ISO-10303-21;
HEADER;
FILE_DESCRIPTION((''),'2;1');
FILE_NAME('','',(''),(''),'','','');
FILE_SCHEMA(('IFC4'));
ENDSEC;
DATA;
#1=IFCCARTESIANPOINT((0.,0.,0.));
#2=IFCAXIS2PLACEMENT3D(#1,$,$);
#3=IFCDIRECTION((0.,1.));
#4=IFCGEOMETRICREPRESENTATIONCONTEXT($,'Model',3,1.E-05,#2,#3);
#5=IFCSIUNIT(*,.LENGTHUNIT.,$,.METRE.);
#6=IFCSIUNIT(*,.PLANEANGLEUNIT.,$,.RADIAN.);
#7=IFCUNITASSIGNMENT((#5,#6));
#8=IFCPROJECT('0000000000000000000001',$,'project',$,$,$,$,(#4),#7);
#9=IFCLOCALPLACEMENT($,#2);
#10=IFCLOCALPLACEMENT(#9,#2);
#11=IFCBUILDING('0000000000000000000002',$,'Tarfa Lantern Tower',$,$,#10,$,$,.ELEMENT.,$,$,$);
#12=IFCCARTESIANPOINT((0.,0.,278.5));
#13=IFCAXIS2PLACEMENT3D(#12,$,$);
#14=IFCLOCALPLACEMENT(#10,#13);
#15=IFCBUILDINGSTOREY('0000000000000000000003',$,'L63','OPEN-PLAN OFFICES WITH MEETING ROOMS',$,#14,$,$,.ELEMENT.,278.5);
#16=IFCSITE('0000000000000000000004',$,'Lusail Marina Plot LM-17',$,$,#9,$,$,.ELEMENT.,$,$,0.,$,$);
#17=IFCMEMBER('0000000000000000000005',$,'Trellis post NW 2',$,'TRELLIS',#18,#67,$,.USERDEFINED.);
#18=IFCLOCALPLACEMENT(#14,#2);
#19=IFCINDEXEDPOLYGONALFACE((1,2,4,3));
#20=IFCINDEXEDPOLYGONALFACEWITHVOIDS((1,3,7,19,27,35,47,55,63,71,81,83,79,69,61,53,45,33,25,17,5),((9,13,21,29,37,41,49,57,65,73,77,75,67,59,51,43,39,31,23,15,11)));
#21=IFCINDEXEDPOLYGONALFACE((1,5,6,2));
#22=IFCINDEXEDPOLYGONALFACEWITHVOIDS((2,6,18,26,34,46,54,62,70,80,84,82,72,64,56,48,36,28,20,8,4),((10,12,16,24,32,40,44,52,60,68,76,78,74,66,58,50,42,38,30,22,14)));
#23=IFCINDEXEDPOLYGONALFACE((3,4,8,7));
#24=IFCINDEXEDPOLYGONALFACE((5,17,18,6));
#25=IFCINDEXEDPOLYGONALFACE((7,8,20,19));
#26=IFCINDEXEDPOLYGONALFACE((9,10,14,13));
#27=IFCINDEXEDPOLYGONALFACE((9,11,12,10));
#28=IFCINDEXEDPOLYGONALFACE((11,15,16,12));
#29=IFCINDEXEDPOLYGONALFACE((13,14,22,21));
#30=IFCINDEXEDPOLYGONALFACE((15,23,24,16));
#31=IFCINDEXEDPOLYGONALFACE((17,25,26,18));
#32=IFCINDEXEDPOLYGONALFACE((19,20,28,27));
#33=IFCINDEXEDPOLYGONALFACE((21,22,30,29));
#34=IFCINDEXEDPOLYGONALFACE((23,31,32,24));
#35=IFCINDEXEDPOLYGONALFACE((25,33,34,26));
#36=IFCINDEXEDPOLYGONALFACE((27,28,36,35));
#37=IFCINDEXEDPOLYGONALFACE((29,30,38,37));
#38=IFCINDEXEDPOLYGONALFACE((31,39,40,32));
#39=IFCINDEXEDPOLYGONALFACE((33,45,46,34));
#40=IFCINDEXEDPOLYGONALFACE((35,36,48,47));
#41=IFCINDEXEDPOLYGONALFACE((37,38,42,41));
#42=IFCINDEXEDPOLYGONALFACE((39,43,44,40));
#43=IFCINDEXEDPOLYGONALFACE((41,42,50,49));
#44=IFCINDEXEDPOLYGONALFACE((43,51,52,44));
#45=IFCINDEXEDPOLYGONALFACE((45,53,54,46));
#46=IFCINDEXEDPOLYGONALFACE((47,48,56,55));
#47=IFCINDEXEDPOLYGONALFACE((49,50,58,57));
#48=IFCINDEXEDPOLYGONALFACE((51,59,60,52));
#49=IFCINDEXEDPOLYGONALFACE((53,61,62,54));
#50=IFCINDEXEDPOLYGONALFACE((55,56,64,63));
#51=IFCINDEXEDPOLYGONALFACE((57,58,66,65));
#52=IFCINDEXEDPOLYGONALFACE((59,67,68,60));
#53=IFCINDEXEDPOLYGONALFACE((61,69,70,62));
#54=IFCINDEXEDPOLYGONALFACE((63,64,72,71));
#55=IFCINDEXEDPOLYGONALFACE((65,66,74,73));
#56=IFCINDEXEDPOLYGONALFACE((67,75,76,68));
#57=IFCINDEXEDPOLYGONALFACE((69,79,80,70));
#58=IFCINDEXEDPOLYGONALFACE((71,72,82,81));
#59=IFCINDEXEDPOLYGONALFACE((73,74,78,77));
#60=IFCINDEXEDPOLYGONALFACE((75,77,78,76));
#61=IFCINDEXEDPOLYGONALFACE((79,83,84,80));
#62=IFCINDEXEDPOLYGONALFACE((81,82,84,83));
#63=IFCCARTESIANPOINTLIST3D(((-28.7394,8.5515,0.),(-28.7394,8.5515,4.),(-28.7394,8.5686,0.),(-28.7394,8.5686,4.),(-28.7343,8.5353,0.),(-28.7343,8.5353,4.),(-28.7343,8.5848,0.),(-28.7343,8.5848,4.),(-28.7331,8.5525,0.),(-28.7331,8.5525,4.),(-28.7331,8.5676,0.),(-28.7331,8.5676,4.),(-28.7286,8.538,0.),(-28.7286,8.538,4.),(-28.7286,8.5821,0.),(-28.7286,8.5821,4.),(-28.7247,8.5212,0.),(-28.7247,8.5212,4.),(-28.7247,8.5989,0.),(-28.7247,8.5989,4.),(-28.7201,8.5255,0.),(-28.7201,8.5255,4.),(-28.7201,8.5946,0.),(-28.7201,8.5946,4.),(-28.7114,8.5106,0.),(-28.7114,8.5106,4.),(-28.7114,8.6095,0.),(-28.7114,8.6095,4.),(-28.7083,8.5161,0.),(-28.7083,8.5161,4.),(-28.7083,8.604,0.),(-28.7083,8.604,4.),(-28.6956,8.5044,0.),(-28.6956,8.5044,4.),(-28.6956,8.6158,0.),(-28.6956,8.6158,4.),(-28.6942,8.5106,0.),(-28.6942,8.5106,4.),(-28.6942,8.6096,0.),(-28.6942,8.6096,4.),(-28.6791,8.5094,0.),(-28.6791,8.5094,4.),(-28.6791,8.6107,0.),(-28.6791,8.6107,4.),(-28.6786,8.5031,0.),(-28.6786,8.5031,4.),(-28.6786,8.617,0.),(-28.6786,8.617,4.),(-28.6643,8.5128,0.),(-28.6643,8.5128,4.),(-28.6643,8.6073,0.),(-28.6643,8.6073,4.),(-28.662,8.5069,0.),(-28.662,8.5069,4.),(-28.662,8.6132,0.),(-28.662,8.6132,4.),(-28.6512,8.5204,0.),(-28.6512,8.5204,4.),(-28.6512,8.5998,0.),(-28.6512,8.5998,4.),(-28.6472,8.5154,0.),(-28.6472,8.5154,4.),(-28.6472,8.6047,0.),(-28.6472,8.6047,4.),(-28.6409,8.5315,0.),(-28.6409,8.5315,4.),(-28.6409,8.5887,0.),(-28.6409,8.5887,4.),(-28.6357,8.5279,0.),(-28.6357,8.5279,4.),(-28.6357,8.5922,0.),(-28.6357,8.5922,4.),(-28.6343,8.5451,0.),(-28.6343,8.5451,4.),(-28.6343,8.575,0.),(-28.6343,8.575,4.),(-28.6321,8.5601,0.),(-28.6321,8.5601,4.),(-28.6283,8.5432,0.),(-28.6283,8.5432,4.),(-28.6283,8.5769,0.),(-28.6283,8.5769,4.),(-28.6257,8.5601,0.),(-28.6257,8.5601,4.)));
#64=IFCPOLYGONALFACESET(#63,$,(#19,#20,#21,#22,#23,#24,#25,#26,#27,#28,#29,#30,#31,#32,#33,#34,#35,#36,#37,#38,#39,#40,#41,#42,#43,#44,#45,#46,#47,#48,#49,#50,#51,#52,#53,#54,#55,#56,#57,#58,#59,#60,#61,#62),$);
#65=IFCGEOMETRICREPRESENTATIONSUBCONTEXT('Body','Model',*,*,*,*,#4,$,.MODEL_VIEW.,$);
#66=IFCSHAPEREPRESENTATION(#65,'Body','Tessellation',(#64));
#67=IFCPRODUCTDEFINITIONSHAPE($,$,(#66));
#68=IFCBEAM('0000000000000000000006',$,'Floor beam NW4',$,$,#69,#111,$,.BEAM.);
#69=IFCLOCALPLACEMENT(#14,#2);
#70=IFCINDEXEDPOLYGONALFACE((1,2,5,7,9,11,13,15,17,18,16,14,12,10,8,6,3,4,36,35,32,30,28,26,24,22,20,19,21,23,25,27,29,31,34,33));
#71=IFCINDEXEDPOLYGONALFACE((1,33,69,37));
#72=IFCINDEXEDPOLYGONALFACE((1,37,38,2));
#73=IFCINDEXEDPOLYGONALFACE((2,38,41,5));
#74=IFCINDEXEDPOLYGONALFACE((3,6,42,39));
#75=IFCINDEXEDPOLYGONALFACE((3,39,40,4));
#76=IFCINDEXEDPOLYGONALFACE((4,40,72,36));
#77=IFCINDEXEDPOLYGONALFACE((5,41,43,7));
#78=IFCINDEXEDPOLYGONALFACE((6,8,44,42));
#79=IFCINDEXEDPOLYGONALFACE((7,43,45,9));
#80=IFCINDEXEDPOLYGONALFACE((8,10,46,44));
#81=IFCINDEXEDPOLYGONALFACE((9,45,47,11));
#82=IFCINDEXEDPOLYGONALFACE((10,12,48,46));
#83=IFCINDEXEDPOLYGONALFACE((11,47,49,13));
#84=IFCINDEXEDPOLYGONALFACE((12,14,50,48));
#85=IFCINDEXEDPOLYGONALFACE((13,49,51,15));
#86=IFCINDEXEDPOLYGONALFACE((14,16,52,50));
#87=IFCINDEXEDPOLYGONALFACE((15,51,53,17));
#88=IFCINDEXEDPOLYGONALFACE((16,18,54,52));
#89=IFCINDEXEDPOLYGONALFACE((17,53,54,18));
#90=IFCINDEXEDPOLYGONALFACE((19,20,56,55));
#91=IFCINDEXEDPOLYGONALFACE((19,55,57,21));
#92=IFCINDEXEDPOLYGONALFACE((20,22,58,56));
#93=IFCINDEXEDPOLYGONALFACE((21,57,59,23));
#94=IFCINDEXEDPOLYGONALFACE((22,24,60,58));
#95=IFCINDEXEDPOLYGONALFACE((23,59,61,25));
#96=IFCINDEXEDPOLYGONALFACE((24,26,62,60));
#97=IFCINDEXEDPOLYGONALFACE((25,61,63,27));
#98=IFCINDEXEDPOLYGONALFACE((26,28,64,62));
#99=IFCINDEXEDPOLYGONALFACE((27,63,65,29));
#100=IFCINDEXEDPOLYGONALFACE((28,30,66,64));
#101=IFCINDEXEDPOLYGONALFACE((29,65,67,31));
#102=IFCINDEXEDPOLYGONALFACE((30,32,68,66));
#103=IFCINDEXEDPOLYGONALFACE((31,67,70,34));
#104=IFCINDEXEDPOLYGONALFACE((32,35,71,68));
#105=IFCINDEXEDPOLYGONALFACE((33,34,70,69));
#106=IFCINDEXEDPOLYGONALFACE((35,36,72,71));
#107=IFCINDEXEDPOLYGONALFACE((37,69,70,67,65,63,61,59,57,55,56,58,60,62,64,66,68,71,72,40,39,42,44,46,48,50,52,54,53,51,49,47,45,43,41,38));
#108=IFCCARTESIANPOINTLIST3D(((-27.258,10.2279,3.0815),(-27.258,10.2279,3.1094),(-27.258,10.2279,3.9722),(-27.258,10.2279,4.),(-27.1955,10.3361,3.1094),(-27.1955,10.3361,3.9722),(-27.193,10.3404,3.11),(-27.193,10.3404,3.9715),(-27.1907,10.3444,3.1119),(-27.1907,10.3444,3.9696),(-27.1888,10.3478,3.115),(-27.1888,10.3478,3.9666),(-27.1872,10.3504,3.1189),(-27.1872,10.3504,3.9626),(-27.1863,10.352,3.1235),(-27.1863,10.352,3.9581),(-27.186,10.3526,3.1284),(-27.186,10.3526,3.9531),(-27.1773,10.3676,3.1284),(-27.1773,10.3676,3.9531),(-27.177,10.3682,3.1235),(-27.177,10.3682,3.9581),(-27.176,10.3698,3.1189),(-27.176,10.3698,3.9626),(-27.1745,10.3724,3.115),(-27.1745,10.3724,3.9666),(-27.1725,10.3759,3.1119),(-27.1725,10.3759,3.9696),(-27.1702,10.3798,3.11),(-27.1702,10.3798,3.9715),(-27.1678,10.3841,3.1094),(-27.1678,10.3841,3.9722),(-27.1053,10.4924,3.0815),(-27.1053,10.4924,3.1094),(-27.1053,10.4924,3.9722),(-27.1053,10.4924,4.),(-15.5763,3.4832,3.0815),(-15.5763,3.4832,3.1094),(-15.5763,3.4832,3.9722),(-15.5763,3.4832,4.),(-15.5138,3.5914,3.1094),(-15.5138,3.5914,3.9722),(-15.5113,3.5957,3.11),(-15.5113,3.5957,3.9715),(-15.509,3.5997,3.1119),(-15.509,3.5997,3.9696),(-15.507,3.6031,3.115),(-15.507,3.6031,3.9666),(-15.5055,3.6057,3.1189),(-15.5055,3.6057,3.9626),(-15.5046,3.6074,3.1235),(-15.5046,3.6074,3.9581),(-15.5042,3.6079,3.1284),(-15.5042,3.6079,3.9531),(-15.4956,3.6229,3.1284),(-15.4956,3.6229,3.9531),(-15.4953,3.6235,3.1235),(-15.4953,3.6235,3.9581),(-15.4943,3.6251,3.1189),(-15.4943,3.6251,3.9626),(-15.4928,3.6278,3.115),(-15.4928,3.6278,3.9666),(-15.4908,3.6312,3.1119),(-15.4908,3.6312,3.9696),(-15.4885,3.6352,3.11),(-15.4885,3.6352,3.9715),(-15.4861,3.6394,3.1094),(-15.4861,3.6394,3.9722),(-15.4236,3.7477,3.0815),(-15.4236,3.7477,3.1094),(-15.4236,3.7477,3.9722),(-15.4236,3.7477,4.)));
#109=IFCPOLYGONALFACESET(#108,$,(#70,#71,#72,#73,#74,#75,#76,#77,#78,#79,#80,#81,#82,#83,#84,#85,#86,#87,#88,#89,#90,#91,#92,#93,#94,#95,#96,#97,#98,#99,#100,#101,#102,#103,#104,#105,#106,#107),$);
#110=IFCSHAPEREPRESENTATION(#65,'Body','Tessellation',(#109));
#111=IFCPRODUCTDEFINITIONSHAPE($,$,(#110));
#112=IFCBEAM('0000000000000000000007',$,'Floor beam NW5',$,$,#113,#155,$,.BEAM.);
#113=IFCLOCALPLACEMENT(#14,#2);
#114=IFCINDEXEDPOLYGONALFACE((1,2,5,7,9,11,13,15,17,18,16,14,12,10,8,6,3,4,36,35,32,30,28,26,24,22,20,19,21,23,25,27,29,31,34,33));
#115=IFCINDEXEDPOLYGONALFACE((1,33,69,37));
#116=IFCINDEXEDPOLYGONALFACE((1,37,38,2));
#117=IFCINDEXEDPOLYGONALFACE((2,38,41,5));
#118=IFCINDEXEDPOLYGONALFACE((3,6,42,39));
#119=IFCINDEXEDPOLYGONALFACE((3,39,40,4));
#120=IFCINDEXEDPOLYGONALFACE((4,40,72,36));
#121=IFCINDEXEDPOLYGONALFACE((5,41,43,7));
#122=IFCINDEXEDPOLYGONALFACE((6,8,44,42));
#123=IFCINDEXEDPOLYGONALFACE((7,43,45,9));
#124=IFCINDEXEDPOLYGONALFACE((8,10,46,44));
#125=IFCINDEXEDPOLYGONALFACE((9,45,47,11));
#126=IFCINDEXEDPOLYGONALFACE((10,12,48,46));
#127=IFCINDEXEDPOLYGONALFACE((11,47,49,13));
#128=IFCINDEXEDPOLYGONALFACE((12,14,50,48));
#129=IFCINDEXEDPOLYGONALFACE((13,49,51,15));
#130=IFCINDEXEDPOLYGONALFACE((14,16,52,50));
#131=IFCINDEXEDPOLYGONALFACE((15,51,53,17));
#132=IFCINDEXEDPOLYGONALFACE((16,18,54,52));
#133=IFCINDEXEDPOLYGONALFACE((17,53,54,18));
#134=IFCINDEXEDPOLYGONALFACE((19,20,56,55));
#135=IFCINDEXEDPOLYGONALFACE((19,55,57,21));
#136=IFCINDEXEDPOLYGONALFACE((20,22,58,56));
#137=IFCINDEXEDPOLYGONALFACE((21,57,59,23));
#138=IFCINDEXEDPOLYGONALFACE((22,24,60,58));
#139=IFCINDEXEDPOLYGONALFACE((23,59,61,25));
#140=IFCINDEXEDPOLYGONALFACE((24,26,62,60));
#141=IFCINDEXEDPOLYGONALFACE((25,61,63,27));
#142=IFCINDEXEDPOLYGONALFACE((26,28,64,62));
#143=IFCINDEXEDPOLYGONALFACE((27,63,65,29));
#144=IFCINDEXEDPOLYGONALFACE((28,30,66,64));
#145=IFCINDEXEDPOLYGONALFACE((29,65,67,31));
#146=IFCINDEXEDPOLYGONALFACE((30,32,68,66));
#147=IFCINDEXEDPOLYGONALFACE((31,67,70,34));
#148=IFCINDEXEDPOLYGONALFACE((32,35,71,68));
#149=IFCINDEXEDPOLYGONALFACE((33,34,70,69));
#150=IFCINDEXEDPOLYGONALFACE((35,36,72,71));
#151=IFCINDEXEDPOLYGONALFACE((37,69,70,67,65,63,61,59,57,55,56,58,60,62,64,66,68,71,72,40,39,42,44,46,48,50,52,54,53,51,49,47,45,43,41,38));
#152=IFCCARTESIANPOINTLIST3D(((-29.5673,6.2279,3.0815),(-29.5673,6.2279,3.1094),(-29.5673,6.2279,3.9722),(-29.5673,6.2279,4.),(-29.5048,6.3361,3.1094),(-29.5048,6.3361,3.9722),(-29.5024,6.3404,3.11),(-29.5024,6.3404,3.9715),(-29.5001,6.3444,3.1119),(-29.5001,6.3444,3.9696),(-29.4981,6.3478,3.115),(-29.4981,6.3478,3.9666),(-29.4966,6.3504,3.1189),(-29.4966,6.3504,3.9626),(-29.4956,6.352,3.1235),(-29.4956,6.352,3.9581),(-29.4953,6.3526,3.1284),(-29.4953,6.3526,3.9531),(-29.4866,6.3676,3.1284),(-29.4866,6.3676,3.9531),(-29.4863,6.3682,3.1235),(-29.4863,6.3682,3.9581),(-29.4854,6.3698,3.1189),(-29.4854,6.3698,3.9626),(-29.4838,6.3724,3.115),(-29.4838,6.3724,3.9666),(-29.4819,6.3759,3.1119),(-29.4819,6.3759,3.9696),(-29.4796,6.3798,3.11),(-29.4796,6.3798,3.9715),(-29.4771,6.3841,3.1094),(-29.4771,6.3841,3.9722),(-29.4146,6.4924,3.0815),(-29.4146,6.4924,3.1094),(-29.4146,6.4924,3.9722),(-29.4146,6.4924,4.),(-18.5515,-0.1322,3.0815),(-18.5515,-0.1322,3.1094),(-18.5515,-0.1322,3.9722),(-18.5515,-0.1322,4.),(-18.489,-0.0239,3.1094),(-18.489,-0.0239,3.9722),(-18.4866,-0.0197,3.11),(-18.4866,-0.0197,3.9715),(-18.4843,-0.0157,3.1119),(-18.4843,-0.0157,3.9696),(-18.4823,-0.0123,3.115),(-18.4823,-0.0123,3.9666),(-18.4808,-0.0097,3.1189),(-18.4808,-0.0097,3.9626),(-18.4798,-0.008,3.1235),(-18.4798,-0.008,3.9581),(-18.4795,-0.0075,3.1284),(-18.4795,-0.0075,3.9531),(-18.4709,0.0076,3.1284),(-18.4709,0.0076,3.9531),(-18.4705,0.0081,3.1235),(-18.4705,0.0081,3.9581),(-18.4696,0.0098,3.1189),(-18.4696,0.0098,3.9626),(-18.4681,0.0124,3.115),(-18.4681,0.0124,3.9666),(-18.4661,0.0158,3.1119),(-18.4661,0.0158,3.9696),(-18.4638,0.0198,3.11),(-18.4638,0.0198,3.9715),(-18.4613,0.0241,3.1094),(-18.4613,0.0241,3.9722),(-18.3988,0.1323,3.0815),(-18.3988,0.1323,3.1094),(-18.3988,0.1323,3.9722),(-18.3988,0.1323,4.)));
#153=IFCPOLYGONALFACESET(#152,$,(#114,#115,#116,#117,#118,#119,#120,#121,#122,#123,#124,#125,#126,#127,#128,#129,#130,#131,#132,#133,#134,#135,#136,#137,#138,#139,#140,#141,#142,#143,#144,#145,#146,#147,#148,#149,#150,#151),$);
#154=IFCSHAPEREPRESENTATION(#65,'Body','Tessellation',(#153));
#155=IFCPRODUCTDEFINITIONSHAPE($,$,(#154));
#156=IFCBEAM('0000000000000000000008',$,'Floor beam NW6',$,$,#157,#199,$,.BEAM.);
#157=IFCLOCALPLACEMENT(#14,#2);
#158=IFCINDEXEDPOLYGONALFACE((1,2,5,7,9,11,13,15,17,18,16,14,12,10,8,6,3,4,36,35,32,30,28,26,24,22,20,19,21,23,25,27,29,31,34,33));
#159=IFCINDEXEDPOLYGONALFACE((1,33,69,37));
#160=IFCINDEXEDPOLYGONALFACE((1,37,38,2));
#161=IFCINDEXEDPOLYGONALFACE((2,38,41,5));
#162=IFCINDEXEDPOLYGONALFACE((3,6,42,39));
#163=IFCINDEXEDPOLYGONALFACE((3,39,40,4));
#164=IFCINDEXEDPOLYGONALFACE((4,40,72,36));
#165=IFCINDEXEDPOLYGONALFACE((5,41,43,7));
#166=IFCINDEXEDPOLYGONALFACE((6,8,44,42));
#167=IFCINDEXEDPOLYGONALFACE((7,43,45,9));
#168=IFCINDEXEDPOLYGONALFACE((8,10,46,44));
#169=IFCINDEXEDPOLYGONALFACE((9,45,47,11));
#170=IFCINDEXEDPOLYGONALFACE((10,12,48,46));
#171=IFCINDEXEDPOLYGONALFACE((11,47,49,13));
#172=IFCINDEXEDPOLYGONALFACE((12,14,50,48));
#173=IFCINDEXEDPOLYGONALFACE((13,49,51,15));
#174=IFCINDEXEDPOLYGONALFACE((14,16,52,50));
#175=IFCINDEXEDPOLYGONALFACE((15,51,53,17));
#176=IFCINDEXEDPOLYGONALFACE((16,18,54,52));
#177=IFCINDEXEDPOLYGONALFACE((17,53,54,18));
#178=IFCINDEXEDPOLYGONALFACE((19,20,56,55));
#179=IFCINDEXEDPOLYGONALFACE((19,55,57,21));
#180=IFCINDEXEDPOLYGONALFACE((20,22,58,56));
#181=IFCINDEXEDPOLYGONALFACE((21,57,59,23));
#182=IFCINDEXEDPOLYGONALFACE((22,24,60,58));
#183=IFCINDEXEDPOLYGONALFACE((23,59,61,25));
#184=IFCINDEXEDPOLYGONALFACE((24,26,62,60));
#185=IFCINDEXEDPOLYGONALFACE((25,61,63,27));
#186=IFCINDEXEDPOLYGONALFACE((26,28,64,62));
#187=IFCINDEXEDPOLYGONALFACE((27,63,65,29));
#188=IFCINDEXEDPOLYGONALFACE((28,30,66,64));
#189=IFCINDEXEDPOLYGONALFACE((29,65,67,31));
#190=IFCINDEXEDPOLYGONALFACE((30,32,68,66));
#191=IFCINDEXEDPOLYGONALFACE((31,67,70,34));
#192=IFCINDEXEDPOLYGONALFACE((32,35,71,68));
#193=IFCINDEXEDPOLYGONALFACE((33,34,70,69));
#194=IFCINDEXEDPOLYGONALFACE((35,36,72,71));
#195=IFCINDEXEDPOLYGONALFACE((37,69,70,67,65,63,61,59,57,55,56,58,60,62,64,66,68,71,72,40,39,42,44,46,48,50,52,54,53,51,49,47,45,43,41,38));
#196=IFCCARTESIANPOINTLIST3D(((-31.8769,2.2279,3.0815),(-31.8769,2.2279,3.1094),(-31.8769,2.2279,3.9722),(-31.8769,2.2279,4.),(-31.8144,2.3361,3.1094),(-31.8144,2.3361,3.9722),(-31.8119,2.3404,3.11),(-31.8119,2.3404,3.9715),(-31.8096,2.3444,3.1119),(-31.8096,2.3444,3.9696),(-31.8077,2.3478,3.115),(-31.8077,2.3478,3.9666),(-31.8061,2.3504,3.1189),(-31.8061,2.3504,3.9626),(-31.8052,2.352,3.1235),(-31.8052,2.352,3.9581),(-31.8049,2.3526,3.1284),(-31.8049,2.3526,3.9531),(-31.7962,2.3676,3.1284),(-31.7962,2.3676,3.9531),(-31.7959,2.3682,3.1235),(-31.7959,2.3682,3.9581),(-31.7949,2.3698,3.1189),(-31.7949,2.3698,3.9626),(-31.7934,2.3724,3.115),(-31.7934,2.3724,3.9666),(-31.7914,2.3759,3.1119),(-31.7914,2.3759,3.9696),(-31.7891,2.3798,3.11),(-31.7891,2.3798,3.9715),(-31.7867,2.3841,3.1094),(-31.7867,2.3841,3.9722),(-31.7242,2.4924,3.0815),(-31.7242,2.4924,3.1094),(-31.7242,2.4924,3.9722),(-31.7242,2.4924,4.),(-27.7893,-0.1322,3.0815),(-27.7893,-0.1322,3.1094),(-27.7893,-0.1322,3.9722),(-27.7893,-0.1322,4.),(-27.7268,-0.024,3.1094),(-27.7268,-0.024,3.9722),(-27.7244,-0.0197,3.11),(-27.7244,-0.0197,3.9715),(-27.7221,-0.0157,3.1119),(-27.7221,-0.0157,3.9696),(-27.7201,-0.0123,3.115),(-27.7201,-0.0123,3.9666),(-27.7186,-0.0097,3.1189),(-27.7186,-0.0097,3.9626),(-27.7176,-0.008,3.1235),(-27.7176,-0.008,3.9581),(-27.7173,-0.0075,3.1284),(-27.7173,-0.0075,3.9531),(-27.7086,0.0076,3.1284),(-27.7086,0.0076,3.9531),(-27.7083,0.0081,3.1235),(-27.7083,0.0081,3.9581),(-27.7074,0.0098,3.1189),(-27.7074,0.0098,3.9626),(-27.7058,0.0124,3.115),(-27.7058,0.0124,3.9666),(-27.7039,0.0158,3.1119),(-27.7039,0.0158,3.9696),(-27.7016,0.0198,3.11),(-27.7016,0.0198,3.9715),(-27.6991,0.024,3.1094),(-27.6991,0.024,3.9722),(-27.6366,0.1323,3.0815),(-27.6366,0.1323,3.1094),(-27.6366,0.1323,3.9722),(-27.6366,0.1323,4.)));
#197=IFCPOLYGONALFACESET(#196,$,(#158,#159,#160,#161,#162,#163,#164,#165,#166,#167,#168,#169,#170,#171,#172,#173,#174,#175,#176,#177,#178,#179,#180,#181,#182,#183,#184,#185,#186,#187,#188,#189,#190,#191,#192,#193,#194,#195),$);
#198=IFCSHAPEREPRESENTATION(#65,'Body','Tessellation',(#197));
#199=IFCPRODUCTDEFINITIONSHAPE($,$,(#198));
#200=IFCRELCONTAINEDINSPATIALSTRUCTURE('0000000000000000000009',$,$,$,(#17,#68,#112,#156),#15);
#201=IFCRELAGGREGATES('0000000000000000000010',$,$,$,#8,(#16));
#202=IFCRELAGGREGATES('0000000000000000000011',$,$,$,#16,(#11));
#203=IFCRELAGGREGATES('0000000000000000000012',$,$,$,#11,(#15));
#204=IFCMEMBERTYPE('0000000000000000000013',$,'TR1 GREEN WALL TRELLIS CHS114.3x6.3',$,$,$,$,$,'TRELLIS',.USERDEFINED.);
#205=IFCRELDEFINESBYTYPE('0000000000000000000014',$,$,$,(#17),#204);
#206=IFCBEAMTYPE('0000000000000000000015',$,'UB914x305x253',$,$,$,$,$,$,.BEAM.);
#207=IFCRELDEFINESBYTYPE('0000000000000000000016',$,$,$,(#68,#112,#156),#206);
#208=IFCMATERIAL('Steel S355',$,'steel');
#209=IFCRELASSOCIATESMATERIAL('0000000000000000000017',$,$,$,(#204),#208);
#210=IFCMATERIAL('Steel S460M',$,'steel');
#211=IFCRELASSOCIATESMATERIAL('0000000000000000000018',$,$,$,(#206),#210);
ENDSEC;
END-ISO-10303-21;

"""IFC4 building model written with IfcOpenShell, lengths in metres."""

from ifc_helpers import new_model, si_unit, direction, frame, origin, origin_2d, place, context, subcontext, project, spatial, hollow_circle, i_section, extrude, material, material_profile, profile_set, type_object, element, save


model = new_model("IFC4")

# Units and contexts
model_context = context("Model", 3, precision=1e-05, world=origin(), true_north=direction((0.0, 1.0)))
body_context = subcontext(model_context, "Body", "Model", "MODEL_VIEW")
ifc_project = project(units=[si_unit("LENGTHUNIT", "METRE"), si_unit("PLANEANGLEUNIT", "RADIAN")], contexts=[model_context])

# Site, building, storey
site_placement = place(None, origin())
site = spatial("IfcSite", under=ifc_project, at=site_placement, Name="Lusail Marina Plot LM-17", CompositionType="ELEMENT", RefElevation=0.0)
building_placement = place(site_placement, origin())
building = spatial("IfcBuilding", under=site, at=building_placement, Name="Tarfa Lantern Tower", CompositionType="ELEMENT")
storey_placement = place(building_placement, frame((0.0, 0.0, 278.5)))
storey = spatial("IfcBuildingStorey", under=building, at=storey_placement, Name="L63", Description="OPEN-PLAN OFFICES WITH MEETING ROOMS", CompositionType="ELEMENT", Elevation=278.5)

# Member
ifc_material_1 = material(Name="Steel S355", Category="steel")
ifc_material_profile_1 = material_profile(ifc_material_1, hollow_circle(Radius=0.0571, WallThickness=0.0063, at=origin_2d()), Name="CHS114.3x6.3")
ifc_profile_set_1 = profile_set([ifc_material_profile_1], Name="Steel S355")
member_type_1 = type_object("IfcMemberType", Name="TR1 GREEN WALL TRELLIS CHS114.3x6.3", ElementType="TRELLIS", PredefinedType="USERDEFINED", material=ifc_profile_set_1)
member_1_placement = place(storey_placement, frame((-28.6829, 8.5601, 0.0), z_axis=(0.0, 0.0, 1.0), x_axis=(1.0, 0.0, 0.0)))
element("IfcMember", 1, at=member_1_placement, inside=storey, type_object=member_type_1, Name="Trellis post NW 2", ObjectType="TRELLIS", PredefinedType="USERDEFINED", context=body_context, shape_type="SweptSolid", body=[
    extrude(hollow_circle(Radius=0.0571, WallThickness=0.0063, at=origin_2d()), origin(), (0.0, 0.0, 1.0), 4.0),
])

# Beams
ifc_material_2 = material(Name="Steel S460M", Category="steel")
ifc_material_profile_2 = material_profile(ifc_material_2, i_section(OverallWidth=0.3054, OverallDepth=0.9185, WebThickness=0.0173, FlangeThickness=0.0278, FilletRadius=0.019, at=origin_2d()), Name="UB914x305x253")
ifc_profile_set_2 = profile_set([ifc_material_profile_2], Name="Steel S460M")
beam_type_1 = type_object("IfcBeamType", Name="UB914x305x253", PredefinedType="BEAM", material=ifc_profile_set_2)
beam_1_placement = place(storey_placement, frame((-27.1816, 10.3601, 3.5408), z_axis=(0.866018, -0.500013, 0.0), x_axis=(0.500013, 0.866018, 0.0)))
element("IfcBeam", 2, at=beam_1_placement, inside=storey, type_object=beam_type_1, Name="Floor beam NW4", PredefinedType="BEAM", context=body_context, shape_type="SweptSolid", body=[
    extrude(i_section(OverallWidth=0.3054, OverallDepth=0.9185, WebThickness=0.0173, FlangeThickness=0.0278, FilletRadius=0.019, at=origin_2d()), origin(), (0.0, 0.0, 1.0), 13.489),
])
beam_2_placement = place(storey_placement, frame((-29.491, 6.3601, 3.5408), z_axis=(0.866022, -0.500005, 0.0), x_axis=(0.500005, 0.866022, 0.0)))
element("IfcBeam", 3, at=beam_2_placement, inside=storey, type_object=beam_type_1, Name="Floor beam NW5", PredefinedType="BEAM", context=body_context, shape_type="SweptSolid", body=[
    extrude(i_section(OverallWidth=0.3054, OverallDepth=0.9185, WebThickness=0.0173, FlangeThickness=0.0278, FilletRadius=0.019, at=origin_2d()), origin(), (0.0, 0.0, 1.0), 12.72),
])
beam_3_placement = place(storey_placement, frame((-31.8005, 2.3601, 3.5408), z_axis=(0.866016, -0.500016, 0.0), x_axis=(0.500016, 0.866016, 0.0)))
element("IfcBeam", 4, at=beam_3_placement, inside=storey, type_object=beam_type_1, Name="Floor beam NW6", PredefinedType="BEAM", context=body_context, shape_type="SweptSolid", body=[
    extrude(i_section(OverallWidth=0.3054, OverallDepth=0.9185, WebThickness=0.0173, FlangeThickness=0.0278, FilletRadius=0.019, at=origin_2d()), origin(), (0.0, 0.0, 1.0), 4.72),
])

save(model, "model.ifc")
